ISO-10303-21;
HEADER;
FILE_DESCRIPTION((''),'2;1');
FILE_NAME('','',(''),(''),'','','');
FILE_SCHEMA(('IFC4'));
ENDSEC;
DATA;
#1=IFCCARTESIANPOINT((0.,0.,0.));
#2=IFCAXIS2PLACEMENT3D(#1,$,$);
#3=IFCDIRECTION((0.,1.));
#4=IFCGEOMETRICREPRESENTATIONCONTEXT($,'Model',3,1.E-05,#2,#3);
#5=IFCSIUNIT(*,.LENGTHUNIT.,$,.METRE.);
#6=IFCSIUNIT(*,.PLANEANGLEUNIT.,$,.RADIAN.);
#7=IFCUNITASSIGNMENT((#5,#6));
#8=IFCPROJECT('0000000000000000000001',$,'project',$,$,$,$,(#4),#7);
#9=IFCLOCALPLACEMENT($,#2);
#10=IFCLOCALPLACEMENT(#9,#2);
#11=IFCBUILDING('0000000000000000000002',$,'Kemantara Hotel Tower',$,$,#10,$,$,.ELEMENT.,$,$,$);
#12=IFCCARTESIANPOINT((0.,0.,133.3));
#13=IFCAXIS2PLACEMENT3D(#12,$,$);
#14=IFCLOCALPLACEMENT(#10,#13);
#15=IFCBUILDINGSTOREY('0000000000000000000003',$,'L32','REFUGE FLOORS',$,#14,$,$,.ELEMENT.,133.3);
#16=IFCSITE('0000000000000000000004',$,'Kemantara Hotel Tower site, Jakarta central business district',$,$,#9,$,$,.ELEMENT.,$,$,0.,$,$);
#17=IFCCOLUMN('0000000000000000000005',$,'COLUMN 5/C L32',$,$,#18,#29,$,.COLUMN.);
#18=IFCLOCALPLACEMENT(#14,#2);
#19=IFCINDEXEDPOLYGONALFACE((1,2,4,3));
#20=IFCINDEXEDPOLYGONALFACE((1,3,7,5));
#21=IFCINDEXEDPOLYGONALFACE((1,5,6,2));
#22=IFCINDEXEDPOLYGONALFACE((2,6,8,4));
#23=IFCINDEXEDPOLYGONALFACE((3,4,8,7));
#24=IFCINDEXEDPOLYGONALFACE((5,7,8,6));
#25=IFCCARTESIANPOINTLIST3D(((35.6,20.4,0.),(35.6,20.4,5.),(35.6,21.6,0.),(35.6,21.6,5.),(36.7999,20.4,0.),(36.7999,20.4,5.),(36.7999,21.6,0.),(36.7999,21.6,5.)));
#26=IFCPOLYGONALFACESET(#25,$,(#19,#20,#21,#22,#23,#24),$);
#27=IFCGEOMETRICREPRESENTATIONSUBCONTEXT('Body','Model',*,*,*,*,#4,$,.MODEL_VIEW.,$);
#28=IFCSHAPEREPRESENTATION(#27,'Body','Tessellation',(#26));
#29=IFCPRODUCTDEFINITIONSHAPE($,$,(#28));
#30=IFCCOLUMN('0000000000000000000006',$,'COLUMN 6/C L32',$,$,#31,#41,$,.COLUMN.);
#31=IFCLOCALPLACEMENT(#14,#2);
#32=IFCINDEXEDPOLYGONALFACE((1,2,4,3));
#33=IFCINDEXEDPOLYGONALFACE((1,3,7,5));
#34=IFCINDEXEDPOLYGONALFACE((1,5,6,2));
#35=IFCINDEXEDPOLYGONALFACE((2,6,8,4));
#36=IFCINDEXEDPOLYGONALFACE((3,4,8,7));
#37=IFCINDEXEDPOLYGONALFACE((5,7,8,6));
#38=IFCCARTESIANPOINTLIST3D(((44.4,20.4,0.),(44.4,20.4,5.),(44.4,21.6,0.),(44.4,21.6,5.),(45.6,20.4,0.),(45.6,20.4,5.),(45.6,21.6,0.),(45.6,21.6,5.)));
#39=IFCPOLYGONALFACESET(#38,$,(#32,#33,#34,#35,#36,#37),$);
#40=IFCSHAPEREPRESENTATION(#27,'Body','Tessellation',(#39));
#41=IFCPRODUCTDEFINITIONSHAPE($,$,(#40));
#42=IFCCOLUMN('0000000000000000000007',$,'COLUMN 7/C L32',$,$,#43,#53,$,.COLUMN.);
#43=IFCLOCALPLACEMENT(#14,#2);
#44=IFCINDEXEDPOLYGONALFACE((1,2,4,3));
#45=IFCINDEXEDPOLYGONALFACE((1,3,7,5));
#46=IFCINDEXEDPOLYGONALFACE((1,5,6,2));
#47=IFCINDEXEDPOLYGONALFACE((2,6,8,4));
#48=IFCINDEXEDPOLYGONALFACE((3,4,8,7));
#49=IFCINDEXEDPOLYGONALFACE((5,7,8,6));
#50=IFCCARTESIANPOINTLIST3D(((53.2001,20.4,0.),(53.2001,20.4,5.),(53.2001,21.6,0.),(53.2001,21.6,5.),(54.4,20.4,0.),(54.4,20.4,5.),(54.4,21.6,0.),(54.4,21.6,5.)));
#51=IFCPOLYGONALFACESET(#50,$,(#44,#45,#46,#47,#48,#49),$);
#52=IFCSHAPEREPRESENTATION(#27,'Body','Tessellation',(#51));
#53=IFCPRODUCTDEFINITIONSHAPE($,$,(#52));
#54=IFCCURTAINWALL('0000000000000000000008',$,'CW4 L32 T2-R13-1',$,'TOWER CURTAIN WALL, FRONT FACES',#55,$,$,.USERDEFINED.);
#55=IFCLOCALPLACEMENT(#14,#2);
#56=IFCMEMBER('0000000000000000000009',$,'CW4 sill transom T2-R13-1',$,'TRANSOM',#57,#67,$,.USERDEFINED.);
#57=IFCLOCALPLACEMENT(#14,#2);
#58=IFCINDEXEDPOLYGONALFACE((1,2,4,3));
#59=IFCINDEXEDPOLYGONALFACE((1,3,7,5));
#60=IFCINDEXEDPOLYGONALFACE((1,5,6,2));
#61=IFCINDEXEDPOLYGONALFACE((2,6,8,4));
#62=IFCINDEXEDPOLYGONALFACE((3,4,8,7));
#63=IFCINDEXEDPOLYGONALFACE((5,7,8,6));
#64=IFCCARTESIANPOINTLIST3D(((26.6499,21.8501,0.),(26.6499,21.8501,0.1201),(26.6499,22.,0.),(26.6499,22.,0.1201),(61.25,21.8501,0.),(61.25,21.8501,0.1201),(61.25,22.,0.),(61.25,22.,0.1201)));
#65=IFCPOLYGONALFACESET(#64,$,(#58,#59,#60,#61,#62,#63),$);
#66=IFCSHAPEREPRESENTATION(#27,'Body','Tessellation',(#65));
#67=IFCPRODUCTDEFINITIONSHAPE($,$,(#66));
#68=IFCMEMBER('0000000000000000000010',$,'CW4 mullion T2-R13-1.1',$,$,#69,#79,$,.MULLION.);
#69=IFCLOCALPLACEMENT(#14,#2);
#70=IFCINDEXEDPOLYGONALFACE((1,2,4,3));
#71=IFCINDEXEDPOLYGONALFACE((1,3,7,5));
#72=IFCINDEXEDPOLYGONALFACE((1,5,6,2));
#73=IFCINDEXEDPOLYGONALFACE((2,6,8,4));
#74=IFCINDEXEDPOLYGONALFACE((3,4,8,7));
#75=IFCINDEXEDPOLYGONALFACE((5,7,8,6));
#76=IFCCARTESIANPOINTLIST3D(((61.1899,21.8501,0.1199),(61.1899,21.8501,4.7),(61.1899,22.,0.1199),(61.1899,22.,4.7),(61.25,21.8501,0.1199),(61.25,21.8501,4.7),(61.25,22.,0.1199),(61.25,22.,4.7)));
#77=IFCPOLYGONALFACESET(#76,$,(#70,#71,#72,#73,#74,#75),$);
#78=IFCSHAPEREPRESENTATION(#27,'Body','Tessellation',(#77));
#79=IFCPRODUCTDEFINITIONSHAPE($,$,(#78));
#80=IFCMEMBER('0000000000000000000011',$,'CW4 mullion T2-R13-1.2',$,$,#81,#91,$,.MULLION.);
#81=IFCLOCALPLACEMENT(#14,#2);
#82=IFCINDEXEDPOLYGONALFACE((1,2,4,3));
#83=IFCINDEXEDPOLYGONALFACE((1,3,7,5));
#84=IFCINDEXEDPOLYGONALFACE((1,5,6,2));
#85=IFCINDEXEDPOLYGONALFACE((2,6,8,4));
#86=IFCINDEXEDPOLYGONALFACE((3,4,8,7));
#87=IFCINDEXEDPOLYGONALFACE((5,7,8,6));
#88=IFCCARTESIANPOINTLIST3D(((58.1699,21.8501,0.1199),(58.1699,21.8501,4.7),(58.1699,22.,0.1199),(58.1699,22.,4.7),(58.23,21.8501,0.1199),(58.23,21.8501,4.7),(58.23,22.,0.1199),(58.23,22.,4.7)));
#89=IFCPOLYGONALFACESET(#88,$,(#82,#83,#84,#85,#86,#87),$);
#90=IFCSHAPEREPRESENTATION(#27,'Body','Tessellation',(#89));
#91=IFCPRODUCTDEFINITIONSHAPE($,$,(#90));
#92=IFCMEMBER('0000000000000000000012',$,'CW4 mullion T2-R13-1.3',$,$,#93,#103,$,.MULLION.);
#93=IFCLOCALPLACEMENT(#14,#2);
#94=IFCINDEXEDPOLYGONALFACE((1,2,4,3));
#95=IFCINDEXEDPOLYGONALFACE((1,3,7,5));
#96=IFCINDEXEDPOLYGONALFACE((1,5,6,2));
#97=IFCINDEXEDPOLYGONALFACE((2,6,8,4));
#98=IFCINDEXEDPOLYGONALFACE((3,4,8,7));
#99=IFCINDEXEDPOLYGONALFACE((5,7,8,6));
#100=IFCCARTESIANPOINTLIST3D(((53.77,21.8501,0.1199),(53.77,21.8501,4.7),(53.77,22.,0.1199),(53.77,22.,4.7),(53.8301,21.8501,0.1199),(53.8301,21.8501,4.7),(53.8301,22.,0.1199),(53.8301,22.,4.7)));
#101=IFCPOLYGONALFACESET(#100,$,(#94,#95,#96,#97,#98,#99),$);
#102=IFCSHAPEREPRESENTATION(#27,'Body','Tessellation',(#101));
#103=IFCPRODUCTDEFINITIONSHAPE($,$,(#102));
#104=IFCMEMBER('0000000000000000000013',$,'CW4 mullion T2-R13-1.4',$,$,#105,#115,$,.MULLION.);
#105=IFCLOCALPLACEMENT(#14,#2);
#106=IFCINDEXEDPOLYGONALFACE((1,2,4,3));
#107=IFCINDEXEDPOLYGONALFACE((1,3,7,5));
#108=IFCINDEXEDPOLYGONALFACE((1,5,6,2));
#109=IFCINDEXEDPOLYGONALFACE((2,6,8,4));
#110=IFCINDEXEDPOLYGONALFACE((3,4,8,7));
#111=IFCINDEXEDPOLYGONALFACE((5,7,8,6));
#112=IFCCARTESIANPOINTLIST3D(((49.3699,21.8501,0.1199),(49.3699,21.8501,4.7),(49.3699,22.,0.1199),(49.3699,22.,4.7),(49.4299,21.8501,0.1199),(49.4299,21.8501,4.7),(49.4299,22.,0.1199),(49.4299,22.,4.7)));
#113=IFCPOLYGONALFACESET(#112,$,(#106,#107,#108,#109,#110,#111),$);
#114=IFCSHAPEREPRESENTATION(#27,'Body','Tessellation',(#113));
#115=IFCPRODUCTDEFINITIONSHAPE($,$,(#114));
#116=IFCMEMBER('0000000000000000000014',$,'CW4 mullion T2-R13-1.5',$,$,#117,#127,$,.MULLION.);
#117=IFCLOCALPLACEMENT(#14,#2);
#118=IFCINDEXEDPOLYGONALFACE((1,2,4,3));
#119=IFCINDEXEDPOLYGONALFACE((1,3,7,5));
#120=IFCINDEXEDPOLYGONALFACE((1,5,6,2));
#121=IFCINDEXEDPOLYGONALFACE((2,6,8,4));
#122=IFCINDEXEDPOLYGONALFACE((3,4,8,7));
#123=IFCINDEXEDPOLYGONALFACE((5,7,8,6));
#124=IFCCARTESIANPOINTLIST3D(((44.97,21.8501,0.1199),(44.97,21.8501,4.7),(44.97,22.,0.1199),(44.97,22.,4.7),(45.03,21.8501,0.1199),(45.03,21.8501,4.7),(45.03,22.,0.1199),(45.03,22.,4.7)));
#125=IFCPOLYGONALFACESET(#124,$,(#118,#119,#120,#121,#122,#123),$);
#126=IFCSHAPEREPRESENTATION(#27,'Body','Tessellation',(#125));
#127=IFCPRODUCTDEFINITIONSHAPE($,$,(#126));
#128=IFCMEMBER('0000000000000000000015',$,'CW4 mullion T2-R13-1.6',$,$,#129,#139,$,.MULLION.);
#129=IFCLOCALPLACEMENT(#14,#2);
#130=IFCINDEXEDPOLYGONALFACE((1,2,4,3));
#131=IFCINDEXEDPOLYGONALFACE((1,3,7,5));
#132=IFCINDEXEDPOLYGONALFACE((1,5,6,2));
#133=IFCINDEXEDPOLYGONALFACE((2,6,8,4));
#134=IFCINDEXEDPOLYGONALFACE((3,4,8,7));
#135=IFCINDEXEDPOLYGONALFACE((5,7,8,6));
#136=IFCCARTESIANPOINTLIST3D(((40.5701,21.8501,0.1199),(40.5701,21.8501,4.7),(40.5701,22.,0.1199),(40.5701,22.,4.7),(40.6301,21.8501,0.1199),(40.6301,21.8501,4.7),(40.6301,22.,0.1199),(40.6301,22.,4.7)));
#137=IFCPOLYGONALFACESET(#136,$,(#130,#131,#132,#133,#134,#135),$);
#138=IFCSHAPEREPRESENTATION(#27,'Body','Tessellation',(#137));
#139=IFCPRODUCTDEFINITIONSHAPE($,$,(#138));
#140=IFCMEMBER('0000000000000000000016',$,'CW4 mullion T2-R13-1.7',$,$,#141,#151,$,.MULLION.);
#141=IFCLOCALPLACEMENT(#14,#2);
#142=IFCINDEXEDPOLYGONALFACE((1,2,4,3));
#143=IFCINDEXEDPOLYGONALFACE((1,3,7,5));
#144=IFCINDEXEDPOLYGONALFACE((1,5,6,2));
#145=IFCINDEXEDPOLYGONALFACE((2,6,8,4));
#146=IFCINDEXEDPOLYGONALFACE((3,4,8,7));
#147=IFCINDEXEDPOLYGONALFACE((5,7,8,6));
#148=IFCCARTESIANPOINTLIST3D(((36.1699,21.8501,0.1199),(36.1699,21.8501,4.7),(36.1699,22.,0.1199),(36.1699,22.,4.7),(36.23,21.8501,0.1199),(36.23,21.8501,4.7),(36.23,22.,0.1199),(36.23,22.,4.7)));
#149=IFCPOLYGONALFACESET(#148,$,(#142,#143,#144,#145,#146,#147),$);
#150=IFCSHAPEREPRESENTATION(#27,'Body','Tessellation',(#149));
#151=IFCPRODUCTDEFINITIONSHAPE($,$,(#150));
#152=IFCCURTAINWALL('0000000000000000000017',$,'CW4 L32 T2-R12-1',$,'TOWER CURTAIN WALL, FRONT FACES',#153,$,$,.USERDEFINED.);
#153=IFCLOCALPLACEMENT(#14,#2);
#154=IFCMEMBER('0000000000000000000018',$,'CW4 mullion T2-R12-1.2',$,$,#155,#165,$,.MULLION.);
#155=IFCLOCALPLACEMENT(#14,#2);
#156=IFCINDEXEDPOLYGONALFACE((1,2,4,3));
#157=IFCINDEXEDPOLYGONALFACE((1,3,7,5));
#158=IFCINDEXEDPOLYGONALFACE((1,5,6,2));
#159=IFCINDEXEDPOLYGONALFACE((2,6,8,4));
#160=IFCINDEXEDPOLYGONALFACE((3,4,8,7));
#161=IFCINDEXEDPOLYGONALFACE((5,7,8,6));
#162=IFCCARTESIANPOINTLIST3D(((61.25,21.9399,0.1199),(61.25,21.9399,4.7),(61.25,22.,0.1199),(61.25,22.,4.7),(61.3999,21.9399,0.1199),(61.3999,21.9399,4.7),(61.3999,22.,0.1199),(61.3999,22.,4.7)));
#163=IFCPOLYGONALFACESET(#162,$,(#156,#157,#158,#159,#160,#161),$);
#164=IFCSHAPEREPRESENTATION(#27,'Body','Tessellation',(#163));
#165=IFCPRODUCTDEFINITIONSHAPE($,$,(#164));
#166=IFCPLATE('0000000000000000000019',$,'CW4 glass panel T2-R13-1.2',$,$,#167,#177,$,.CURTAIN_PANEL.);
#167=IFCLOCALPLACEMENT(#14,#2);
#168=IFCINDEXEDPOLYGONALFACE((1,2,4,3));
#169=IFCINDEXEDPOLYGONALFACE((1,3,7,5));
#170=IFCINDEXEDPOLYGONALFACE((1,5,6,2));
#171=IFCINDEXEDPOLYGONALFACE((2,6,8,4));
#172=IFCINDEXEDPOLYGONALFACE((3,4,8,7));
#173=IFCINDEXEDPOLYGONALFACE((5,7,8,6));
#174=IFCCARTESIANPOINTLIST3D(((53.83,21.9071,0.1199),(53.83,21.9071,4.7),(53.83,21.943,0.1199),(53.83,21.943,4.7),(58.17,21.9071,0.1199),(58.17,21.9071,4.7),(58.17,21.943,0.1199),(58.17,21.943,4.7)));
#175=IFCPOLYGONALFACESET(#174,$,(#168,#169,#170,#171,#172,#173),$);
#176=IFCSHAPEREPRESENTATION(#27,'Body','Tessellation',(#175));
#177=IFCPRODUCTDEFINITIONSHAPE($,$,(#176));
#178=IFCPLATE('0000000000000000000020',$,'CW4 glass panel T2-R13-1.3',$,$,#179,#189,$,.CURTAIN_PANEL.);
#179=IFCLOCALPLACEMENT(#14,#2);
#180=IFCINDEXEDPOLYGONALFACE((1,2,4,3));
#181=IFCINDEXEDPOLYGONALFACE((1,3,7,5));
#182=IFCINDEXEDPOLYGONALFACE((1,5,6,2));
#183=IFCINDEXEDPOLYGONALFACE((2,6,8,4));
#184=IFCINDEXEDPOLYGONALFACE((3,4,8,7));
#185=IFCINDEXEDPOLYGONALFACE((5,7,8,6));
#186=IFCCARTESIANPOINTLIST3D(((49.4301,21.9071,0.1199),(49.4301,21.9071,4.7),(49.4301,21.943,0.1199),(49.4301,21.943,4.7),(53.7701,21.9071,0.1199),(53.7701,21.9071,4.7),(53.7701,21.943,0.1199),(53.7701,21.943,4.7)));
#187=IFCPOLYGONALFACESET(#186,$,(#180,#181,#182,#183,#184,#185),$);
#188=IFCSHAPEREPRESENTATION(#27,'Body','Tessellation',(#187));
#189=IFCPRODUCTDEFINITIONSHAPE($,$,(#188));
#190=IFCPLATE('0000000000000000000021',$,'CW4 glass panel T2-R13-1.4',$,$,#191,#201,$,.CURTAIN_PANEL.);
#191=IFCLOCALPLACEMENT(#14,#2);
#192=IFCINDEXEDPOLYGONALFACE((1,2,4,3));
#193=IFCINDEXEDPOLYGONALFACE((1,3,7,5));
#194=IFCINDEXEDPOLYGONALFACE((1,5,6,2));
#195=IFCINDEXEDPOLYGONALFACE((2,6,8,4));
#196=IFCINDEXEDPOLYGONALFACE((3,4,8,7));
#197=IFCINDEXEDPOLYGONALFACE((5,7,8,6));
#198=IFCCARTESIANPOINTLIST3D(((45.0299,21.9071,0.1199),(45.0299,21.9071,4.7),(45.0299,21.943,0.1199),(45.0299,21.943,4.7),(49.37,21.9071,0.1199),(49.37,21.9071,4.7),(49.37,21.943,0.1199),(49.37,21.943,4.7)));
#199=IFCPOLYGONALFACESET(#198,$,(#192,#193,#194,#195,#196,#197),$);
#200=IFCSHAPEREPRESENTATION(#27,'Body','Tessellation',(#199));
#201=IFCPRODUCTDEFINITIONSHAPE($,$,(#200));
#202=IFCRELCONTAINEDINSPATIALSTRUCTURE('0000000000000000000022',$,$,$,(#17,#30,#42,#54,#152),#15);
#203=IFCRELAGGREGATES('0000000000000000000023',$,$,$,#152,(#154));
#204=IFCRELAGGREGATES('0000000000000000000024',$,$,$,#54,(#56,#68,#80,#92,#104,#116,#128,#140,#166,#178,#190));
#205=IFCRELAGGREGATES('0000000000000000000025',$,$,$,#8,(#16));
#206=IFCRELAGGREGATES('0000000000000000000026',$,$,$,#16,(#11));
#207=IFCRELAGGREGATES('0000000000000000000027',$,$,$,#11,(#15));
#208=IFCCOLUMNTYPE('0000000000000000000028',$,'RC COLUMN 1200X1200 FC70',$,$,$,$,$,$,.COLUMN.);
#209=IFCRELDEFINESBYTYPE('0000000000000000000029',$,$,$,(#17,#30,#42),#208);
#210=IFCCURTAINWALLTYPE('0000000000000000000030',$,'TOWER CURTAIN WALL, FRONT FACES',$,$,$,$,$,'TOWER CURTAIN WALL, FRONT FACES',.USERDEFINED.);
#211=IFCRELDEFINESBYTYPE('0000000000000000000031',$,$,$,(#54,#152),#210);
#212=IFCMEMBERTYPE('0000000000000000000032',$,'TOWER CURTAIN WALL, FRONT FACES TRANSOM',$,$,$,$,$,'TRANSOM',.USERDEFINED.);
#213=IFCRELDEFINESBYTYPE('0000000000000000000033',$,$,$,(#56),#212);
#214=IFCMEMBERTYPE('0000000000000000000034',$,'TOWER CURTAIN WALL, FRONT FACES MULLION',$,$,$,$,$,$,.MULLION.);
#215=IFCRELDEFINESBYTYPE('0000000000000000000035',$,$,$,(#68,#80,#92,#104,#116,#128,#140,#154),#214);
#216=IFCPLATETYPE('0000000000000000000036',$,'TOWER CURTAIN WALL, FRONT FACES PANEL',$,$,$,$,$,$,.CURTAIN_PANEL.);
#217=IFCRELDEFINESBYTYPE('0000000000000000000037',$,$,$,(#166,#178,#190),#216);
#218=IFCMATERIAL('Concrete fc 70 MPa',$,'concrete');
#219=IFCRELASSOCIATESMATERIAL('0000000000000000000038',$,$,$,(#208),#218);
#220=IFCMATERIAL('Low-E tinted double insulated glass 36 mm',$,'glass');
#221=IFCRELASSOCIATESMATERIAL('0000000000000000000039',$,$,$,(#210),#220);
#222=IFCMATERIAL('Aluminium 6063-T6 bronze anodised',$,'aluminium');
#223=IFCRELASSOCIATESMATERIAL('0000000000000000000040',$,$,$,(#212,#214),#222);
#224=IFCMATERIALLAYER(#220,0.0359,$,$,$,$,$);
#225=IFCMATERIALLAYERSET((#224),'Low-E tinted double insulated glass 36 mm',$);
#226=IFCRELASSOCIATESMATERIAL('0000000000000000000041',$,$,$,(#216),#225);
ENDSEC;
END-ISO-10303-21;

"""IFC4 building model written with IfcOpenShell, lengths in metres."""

from ifc_helpers import new_model, si_unit, direction, frame, origin, origin_2d, place, context, subcontext, project, spatial, rectangle, extrude, source, transform, mapped, material, layer, layer_set, material_profile, profile_set, type_object, element, aggregate, save


model = new_model("IFC4")

# Units and contexts
model_context = context("Model", 3, precision=1e-05, world=origin(), true_north=direction((0.0, 1.0)))
body_context = subcontext(model_context, "Body", "Model", "MODEL_VIEW")
ifc_project = project(units=[si_unit("LENGTHUNIT", "METRE"), si_unit("PLANEANGLEUNIT", "RADIAN")], contexts=[model_context])

# Site, building, storey
site_placement = place(None, origin())
site = spatial("IfcSite", under=ifc_project, at=site_placement, Name="Kemantara Hotel Tower site, Jakarta central business district", CompositionType="ELEMENT", RefElevation=0.0)
building_placement = place(site_placement, origin())
building = spatial("IfcBuilding", under=site, at=building_placement, Name="Kemantara Hotel Tower", CompositionType="ELEMENT")
storey_placement = place(building_placement, frame((0.0, 0.0, 133.3)))
storey = spatial("IfcBuildingStorey", under=building, at=storey_placement, Name="L32", Description="REFUGE FLOORS", CompositionType="ELEMENT", Elevation=133.3)

# Columns
ifc_material_1 = material(Name="Concrete fc 70 MPa", Category="concrete")
ifc_material_profile_1 = material_profile(ifc_material_1, rectangle(XDim=1.2, YDim=1.2, at=origin_2d()), Name="RC 1200X1200")
ifc_profile_set_1 = profile_set([ifc_material_profile_1], Name="Concrete fc 70 MPa")
column_type = type_object("IfcColumnType", Name="RC COLUMN 1200X1200 FC70", PredefinedType="COLUMN", material=ifc_profile_set_1)
for number, where, z_axis, x_axis, name in (
    (1, (36.2, 21.0, 0.0), (0.0, 0.0, 1.0), (1.0, 0.0, 0.0), "COLUMN 5/C L32"),
    (2, (45.0, 21.0, 0.0), (0.0, 0.0, 1.0), (1.0, 0.0, 0.0), "COLUMN 6/C L32"),
    (3, (53.8, 21.0, 0.0), (0.0, 0.0, 1.0), (1.0, 0.0, 0.0), "COLUMN 7/C L32"),
):
    element("IfcColumn", number, at=place(storey_placement, frame(where, z_axis=z_axis, x_axis=x_axis)), inside=storey, type_object=column_type, Name=name, PredefinedType="COLUMN", context=body_context, shape_type="SweptSolid", body=[
        extrude(rectangle(XDim=1.2, YDim=1.2, at=origin_2d()), origin(), (0.0, 0.0, 1.0), 5.0),
    ])

# Curtain wall, members
ifc_material_2 = material(Name="Low-E tinted double insulated glass 36 mm", Category="glass")
curtain_wall_type = type_object("IfcCurtainWallType", Name="TOWER CURTAIN WALL, FRONT FACES", ElementType="TOWER CURTAIN WALL, FRONT FACES", PredefinedType="USERDEFINED", material=ifc_material_2)
curtain_wall_1_placement = place(storey_placement, origin())
curtain_wall_1 = element("IfcCurtainWall", 4, at=curtain_wall_1_placement, inside=storey, type_object=curtain_wall_type, Name="CW4 L32 T2-R13-1", ObjectType="TOWER CURTAIN WALL, FRONT FACES", PredefinedType="USERDEFINED")
ifc_material_3 = material(Name="Aluminium 6063-T6 bronze anodised", Category="aluminium")
ifc_material_profile_2 = material_profile(ifc_material_3, rectangle(XDim=0.1499, YDim=0.1201, at=origin_2d()), Name="TOWER CURTAIN WALL, FRONT FACES TRANSOM")
ifc_profile_set_2 = profile_set([ifc_material_profile_2], Name="Aluminium 6063-T6 bronze anodised")
member_type_1 = type_object("IfcMemberType", Name="TOWER CURTAIN WALL, FRONT FACES TRANSOM", ElementType="TRANSOM", PredefinedType="USERDEFINED", material=ifc_profile_set_2)
member_1_placement = place(storey_placement, frame((61.25, 21.925, 0.0601), z_axis=(-1.0, 0.0, 0.0), x_axis=(0.0, -1.0, 0.0)))
member_1 = element("IfcMember", 5, at=member_1_placement, type_object=member_type_1, Name="CW4 sill transom T2-R13-1", ObjectType="TRANSOM", PredefinedType="USERDEFINED", context=body_context, shape_type="SweptSolid", body=[
    extrude(rectangle(XDim=0.1499, YDim=0.1201, at=origin_2d()), origin(), (0.0, 0.0, 1.0), 34.6001),
])
ifc_material_profile_3 = material_profile(ifc_material_3, rectangle(XDim=0.1499, YDim=0.0601, at=origin_2d()), Name="TOWER CURTAIN WALL, FRONT FACES MULLION")
ifc_profile_set_3 = profile_set([ifc_material_profile_3], Name="Aluminium 6063-T6 bronze anodised")
member_type_2 = type_object("IfcMemberType", Name="TOWER CURTAIN WALL, FRONT FACES MULLION", PredefinedType="MULLION", material=ifc_profile_set_3)
shared_shape_1 = source(origin(), body_context, "Body", "SweptSolid", [
    extrude(rectangle(XDim=0.1499, YDim=0.0601, at=origin_2d()), origin(), (0.0, 0.0, 1.0), 4.5801),
])
member_2_placement = place(storey_placement, frame((61.22, 21.925, 0.1199), z_axis=(0.0, 0.0, 1.0), x_axis=(0.0, -1.0, 0.0)))
member_2 = element("IfcMember", 6, at=member_2_placement, type_object=member_type_2, Name="CW4 mullion T2-R13-1.1", PredefinedType="MULLION", context=body_context, shape_type="MappedRepresentation", body=[
    mapped(shared_shape_1, transform((0.0, 0.0, 0.0))),
])
member_3_placement = place(storey_placement, frame((58.2, 21.925, 0.1199), z_axis=(0.0, 0.0, 1.0), x_axis=(0.0, -1.0, 0.0)))
member_3 = element("IfcMember", 7, at=member_3_placement, type_object=member_type_2, Name="CW4 mullion T2-R13-1.2", PredefinedType="MULLION", context=body_context, shape_type="MappedRepresentation", body=[
    mapped(shared_shape_1, transform((0.0, 0.0, 0.0))),
])
member_4_placement = place(storey_placement, frame((53.8, 21.925, 0.1199), z_axis=(0.0, 0.0, 1.0), x_axis=(0.0, -1.0, 0.0)))
member_4 = element("IfcMember", 8, at=member_4_placement, type_object=member_type_2, Name="CW4 mullion T2-R13-1.3", PredefinedType="MULLION", context=body_context, shape_type="MappedRepresentation", body=[
    mapped(shared_shape_1, transform((0.0, 0.0, 0.0))),
])
member_5_placement = place(storey_placement, frame((49.3999, 21.925, 0.1199), z_axis=(0.0, 0.0, 1.0), x_axis=(0.0, -1.0, 0.0)))
member_5 = element("IfcMember", 9, at=member_5_placement, type_object=member_type_2, Name="CW4 mullion T2-R13-1.4", PredefinedType="MULLION", context=body_context, shape_type="MappedRepresentation", body=[
    mapped(shared_shape_1, transform((0.0, 0.0, 0.0))),
])
member_6_placement = place(storey_placement, frame((45.0, 21.925, 0.1199), z_axis=(0.0, 0.0, 1.0), x_axis=(0.0, -1.0, 0.0)))
member_6 = element("IfcMember", 10, at=member_6_placement, type_object=member_type_2, Name="CW4 mullion T2-R13-1.5", PredefinedType="MULLION", context=body_context, shape_type="MappedRepresentation", body=[
    mapped(shared_shape_1, transform((0.0, 0.0, 0.0))),
])
member_7_placement = place(storey_placement, frame((40.6001, 21.925, 0.1199), z_axis=(0.0, 0.0, 1.0), x_axis=(0.0, -1.0, 0.0)))
member_7 = element("IfcMember", 11, at=member_7_placement, type_object=member_type_2, Name="CW4 mullion T2-R13-1.6", PredefinedType="MULLION", context=body_context, shape_type="MappedRepresentation", body=[
    mapped(shared_shape_1, transform((0.0, 0.0, 0.0))),
])
member_8_placement = place(storey_placement, frame((36.2, 21.925, 0.1199), z_axis=(0.0, 0.0, 1.0), x_axis=(0.0, -1.0, 0.0)))
member_8 = element("IfcMember", 12, at=member_8_placement, type_object=member_type_2, Name="CW4 mullion T2-R13-1.7", PredefinedType="MULLION", context=body_context, shape_type="MappedRepresentation", body=[
    mapped(shared_shape_1, transform((0.0, 0.0, 0.0))),
])

# Curtain wall, member
curtain_wall_2_placement = place(storey_placement, origin())
curtain_wall_2 = element("IfcCurtainWall", 13, at=curtain_wall_2_placement, inside=storey, type_object=curtain_wall_type, Name="CW4 L32 T2-R12-1", ObjectType="TOWER CURTAIN WALL, FRONT FACES", PredefinedType="USERDEFINED")
member_9_placement = place(storey_placement, frame((61.325, 21.97, 0.1199), z_axis=(0.0, 0.0, 1.0), x_axis=(-1.0, 0.0, 0.0)))
member_9 = element("IfcMember", 14, at=member_9_placement, type_object=member_type_2, Name="CW4 mullion T2-R12-1.2", PredefinedType="MULLION", context=body_context, shape_type="MappedRepresentation", body=[
    mapped(shared_shape_1, transform((0.0, 0.0, 0.0))),
])
aggregate(curtain_wall_2, [member_9])

# Plates
ifc_layer_1 = layer(ifc_material_2, 0.0359)
ifc_layer_set_1 = layer_set([ifc_layer_1], Name="Low-E tinted double insulated glass 36 mm")
plate_type = type_object("IfcPlateType", Name="TOWER CURTAIN WALL, FRONT FACES PANEL", PredefinedType="CURTAIN_PANEL", material=ifc_layer_set_1)
shared_shape_2 = source(origin(), body_context, "Body", "SweptSolid", [
    extrude(rectangle(XDim=4.3401, YDim=0.0359, at=origin_2d()), origin(), (0.0, 0.0, 1.0), 4.5801),
])
plate_1_placement = place(storey_placement, frame((56.0, 21.925, 0.1199), z_axis=(0.0, 0.0, 1.0), x_axis=(-1.0, 0.0, 0.0)))
plate_1 = element("IfcPlate", 15, at=plate_1_placement, type_object=plate_type, Name="CW4 glass panel T2-R13-1.2", PredefinedType="CURTAIN_PANEL", context=body_context, shape_type="MappedRepresentation", body=[
    mapped(shared_shape_2, transform((0.0, 0.0, 0.0))),
])
plate_2_placement = place(storey_placement, frame((51.6001, 21.925, 0.1199), z_axis=(0.0, 0.0, 1.0), x_axis=(-1.0, 0.0, 0.0)))
plate_2 = element("IfcPlate", 16, at=plate_2_placement, type_object=plate_type, Name="CW4 glass panel T2-R13-1.3", PredefinedType="CURTAIN_PANEL", context=body_context, shape_type="MappedRepresentation", body=[
    mapped(shared_shape_2, transform((0.0, 0.0, 0.0))),
])
plate_3_placement = place(storey_placement, frame((47.2, 21.925, 0.1199), z_axis=(0.0, 0.0, 1.0), x_axis=(-1.0, 0.0, 0.0)))
plate_3 = element("IfcPlate", 17, at=plate_3_placement, type_object=plate_type, Name="CW4 glass panel T2-R13-1.4", PredefinedType="CURTAIN_PANEL", context=body_context, shape_type="MappedRepresentation", body=[
    mapped(shared_shape_2, transform((0.0, 0.0, 0.0))),
])
aggregate(curtain_wall_1, [member_1, member_2, member_3, member_4, member_5, member_6, member_7, member_8, plate_1, plate_2, plate_3])

save(model, "model.ifc")
